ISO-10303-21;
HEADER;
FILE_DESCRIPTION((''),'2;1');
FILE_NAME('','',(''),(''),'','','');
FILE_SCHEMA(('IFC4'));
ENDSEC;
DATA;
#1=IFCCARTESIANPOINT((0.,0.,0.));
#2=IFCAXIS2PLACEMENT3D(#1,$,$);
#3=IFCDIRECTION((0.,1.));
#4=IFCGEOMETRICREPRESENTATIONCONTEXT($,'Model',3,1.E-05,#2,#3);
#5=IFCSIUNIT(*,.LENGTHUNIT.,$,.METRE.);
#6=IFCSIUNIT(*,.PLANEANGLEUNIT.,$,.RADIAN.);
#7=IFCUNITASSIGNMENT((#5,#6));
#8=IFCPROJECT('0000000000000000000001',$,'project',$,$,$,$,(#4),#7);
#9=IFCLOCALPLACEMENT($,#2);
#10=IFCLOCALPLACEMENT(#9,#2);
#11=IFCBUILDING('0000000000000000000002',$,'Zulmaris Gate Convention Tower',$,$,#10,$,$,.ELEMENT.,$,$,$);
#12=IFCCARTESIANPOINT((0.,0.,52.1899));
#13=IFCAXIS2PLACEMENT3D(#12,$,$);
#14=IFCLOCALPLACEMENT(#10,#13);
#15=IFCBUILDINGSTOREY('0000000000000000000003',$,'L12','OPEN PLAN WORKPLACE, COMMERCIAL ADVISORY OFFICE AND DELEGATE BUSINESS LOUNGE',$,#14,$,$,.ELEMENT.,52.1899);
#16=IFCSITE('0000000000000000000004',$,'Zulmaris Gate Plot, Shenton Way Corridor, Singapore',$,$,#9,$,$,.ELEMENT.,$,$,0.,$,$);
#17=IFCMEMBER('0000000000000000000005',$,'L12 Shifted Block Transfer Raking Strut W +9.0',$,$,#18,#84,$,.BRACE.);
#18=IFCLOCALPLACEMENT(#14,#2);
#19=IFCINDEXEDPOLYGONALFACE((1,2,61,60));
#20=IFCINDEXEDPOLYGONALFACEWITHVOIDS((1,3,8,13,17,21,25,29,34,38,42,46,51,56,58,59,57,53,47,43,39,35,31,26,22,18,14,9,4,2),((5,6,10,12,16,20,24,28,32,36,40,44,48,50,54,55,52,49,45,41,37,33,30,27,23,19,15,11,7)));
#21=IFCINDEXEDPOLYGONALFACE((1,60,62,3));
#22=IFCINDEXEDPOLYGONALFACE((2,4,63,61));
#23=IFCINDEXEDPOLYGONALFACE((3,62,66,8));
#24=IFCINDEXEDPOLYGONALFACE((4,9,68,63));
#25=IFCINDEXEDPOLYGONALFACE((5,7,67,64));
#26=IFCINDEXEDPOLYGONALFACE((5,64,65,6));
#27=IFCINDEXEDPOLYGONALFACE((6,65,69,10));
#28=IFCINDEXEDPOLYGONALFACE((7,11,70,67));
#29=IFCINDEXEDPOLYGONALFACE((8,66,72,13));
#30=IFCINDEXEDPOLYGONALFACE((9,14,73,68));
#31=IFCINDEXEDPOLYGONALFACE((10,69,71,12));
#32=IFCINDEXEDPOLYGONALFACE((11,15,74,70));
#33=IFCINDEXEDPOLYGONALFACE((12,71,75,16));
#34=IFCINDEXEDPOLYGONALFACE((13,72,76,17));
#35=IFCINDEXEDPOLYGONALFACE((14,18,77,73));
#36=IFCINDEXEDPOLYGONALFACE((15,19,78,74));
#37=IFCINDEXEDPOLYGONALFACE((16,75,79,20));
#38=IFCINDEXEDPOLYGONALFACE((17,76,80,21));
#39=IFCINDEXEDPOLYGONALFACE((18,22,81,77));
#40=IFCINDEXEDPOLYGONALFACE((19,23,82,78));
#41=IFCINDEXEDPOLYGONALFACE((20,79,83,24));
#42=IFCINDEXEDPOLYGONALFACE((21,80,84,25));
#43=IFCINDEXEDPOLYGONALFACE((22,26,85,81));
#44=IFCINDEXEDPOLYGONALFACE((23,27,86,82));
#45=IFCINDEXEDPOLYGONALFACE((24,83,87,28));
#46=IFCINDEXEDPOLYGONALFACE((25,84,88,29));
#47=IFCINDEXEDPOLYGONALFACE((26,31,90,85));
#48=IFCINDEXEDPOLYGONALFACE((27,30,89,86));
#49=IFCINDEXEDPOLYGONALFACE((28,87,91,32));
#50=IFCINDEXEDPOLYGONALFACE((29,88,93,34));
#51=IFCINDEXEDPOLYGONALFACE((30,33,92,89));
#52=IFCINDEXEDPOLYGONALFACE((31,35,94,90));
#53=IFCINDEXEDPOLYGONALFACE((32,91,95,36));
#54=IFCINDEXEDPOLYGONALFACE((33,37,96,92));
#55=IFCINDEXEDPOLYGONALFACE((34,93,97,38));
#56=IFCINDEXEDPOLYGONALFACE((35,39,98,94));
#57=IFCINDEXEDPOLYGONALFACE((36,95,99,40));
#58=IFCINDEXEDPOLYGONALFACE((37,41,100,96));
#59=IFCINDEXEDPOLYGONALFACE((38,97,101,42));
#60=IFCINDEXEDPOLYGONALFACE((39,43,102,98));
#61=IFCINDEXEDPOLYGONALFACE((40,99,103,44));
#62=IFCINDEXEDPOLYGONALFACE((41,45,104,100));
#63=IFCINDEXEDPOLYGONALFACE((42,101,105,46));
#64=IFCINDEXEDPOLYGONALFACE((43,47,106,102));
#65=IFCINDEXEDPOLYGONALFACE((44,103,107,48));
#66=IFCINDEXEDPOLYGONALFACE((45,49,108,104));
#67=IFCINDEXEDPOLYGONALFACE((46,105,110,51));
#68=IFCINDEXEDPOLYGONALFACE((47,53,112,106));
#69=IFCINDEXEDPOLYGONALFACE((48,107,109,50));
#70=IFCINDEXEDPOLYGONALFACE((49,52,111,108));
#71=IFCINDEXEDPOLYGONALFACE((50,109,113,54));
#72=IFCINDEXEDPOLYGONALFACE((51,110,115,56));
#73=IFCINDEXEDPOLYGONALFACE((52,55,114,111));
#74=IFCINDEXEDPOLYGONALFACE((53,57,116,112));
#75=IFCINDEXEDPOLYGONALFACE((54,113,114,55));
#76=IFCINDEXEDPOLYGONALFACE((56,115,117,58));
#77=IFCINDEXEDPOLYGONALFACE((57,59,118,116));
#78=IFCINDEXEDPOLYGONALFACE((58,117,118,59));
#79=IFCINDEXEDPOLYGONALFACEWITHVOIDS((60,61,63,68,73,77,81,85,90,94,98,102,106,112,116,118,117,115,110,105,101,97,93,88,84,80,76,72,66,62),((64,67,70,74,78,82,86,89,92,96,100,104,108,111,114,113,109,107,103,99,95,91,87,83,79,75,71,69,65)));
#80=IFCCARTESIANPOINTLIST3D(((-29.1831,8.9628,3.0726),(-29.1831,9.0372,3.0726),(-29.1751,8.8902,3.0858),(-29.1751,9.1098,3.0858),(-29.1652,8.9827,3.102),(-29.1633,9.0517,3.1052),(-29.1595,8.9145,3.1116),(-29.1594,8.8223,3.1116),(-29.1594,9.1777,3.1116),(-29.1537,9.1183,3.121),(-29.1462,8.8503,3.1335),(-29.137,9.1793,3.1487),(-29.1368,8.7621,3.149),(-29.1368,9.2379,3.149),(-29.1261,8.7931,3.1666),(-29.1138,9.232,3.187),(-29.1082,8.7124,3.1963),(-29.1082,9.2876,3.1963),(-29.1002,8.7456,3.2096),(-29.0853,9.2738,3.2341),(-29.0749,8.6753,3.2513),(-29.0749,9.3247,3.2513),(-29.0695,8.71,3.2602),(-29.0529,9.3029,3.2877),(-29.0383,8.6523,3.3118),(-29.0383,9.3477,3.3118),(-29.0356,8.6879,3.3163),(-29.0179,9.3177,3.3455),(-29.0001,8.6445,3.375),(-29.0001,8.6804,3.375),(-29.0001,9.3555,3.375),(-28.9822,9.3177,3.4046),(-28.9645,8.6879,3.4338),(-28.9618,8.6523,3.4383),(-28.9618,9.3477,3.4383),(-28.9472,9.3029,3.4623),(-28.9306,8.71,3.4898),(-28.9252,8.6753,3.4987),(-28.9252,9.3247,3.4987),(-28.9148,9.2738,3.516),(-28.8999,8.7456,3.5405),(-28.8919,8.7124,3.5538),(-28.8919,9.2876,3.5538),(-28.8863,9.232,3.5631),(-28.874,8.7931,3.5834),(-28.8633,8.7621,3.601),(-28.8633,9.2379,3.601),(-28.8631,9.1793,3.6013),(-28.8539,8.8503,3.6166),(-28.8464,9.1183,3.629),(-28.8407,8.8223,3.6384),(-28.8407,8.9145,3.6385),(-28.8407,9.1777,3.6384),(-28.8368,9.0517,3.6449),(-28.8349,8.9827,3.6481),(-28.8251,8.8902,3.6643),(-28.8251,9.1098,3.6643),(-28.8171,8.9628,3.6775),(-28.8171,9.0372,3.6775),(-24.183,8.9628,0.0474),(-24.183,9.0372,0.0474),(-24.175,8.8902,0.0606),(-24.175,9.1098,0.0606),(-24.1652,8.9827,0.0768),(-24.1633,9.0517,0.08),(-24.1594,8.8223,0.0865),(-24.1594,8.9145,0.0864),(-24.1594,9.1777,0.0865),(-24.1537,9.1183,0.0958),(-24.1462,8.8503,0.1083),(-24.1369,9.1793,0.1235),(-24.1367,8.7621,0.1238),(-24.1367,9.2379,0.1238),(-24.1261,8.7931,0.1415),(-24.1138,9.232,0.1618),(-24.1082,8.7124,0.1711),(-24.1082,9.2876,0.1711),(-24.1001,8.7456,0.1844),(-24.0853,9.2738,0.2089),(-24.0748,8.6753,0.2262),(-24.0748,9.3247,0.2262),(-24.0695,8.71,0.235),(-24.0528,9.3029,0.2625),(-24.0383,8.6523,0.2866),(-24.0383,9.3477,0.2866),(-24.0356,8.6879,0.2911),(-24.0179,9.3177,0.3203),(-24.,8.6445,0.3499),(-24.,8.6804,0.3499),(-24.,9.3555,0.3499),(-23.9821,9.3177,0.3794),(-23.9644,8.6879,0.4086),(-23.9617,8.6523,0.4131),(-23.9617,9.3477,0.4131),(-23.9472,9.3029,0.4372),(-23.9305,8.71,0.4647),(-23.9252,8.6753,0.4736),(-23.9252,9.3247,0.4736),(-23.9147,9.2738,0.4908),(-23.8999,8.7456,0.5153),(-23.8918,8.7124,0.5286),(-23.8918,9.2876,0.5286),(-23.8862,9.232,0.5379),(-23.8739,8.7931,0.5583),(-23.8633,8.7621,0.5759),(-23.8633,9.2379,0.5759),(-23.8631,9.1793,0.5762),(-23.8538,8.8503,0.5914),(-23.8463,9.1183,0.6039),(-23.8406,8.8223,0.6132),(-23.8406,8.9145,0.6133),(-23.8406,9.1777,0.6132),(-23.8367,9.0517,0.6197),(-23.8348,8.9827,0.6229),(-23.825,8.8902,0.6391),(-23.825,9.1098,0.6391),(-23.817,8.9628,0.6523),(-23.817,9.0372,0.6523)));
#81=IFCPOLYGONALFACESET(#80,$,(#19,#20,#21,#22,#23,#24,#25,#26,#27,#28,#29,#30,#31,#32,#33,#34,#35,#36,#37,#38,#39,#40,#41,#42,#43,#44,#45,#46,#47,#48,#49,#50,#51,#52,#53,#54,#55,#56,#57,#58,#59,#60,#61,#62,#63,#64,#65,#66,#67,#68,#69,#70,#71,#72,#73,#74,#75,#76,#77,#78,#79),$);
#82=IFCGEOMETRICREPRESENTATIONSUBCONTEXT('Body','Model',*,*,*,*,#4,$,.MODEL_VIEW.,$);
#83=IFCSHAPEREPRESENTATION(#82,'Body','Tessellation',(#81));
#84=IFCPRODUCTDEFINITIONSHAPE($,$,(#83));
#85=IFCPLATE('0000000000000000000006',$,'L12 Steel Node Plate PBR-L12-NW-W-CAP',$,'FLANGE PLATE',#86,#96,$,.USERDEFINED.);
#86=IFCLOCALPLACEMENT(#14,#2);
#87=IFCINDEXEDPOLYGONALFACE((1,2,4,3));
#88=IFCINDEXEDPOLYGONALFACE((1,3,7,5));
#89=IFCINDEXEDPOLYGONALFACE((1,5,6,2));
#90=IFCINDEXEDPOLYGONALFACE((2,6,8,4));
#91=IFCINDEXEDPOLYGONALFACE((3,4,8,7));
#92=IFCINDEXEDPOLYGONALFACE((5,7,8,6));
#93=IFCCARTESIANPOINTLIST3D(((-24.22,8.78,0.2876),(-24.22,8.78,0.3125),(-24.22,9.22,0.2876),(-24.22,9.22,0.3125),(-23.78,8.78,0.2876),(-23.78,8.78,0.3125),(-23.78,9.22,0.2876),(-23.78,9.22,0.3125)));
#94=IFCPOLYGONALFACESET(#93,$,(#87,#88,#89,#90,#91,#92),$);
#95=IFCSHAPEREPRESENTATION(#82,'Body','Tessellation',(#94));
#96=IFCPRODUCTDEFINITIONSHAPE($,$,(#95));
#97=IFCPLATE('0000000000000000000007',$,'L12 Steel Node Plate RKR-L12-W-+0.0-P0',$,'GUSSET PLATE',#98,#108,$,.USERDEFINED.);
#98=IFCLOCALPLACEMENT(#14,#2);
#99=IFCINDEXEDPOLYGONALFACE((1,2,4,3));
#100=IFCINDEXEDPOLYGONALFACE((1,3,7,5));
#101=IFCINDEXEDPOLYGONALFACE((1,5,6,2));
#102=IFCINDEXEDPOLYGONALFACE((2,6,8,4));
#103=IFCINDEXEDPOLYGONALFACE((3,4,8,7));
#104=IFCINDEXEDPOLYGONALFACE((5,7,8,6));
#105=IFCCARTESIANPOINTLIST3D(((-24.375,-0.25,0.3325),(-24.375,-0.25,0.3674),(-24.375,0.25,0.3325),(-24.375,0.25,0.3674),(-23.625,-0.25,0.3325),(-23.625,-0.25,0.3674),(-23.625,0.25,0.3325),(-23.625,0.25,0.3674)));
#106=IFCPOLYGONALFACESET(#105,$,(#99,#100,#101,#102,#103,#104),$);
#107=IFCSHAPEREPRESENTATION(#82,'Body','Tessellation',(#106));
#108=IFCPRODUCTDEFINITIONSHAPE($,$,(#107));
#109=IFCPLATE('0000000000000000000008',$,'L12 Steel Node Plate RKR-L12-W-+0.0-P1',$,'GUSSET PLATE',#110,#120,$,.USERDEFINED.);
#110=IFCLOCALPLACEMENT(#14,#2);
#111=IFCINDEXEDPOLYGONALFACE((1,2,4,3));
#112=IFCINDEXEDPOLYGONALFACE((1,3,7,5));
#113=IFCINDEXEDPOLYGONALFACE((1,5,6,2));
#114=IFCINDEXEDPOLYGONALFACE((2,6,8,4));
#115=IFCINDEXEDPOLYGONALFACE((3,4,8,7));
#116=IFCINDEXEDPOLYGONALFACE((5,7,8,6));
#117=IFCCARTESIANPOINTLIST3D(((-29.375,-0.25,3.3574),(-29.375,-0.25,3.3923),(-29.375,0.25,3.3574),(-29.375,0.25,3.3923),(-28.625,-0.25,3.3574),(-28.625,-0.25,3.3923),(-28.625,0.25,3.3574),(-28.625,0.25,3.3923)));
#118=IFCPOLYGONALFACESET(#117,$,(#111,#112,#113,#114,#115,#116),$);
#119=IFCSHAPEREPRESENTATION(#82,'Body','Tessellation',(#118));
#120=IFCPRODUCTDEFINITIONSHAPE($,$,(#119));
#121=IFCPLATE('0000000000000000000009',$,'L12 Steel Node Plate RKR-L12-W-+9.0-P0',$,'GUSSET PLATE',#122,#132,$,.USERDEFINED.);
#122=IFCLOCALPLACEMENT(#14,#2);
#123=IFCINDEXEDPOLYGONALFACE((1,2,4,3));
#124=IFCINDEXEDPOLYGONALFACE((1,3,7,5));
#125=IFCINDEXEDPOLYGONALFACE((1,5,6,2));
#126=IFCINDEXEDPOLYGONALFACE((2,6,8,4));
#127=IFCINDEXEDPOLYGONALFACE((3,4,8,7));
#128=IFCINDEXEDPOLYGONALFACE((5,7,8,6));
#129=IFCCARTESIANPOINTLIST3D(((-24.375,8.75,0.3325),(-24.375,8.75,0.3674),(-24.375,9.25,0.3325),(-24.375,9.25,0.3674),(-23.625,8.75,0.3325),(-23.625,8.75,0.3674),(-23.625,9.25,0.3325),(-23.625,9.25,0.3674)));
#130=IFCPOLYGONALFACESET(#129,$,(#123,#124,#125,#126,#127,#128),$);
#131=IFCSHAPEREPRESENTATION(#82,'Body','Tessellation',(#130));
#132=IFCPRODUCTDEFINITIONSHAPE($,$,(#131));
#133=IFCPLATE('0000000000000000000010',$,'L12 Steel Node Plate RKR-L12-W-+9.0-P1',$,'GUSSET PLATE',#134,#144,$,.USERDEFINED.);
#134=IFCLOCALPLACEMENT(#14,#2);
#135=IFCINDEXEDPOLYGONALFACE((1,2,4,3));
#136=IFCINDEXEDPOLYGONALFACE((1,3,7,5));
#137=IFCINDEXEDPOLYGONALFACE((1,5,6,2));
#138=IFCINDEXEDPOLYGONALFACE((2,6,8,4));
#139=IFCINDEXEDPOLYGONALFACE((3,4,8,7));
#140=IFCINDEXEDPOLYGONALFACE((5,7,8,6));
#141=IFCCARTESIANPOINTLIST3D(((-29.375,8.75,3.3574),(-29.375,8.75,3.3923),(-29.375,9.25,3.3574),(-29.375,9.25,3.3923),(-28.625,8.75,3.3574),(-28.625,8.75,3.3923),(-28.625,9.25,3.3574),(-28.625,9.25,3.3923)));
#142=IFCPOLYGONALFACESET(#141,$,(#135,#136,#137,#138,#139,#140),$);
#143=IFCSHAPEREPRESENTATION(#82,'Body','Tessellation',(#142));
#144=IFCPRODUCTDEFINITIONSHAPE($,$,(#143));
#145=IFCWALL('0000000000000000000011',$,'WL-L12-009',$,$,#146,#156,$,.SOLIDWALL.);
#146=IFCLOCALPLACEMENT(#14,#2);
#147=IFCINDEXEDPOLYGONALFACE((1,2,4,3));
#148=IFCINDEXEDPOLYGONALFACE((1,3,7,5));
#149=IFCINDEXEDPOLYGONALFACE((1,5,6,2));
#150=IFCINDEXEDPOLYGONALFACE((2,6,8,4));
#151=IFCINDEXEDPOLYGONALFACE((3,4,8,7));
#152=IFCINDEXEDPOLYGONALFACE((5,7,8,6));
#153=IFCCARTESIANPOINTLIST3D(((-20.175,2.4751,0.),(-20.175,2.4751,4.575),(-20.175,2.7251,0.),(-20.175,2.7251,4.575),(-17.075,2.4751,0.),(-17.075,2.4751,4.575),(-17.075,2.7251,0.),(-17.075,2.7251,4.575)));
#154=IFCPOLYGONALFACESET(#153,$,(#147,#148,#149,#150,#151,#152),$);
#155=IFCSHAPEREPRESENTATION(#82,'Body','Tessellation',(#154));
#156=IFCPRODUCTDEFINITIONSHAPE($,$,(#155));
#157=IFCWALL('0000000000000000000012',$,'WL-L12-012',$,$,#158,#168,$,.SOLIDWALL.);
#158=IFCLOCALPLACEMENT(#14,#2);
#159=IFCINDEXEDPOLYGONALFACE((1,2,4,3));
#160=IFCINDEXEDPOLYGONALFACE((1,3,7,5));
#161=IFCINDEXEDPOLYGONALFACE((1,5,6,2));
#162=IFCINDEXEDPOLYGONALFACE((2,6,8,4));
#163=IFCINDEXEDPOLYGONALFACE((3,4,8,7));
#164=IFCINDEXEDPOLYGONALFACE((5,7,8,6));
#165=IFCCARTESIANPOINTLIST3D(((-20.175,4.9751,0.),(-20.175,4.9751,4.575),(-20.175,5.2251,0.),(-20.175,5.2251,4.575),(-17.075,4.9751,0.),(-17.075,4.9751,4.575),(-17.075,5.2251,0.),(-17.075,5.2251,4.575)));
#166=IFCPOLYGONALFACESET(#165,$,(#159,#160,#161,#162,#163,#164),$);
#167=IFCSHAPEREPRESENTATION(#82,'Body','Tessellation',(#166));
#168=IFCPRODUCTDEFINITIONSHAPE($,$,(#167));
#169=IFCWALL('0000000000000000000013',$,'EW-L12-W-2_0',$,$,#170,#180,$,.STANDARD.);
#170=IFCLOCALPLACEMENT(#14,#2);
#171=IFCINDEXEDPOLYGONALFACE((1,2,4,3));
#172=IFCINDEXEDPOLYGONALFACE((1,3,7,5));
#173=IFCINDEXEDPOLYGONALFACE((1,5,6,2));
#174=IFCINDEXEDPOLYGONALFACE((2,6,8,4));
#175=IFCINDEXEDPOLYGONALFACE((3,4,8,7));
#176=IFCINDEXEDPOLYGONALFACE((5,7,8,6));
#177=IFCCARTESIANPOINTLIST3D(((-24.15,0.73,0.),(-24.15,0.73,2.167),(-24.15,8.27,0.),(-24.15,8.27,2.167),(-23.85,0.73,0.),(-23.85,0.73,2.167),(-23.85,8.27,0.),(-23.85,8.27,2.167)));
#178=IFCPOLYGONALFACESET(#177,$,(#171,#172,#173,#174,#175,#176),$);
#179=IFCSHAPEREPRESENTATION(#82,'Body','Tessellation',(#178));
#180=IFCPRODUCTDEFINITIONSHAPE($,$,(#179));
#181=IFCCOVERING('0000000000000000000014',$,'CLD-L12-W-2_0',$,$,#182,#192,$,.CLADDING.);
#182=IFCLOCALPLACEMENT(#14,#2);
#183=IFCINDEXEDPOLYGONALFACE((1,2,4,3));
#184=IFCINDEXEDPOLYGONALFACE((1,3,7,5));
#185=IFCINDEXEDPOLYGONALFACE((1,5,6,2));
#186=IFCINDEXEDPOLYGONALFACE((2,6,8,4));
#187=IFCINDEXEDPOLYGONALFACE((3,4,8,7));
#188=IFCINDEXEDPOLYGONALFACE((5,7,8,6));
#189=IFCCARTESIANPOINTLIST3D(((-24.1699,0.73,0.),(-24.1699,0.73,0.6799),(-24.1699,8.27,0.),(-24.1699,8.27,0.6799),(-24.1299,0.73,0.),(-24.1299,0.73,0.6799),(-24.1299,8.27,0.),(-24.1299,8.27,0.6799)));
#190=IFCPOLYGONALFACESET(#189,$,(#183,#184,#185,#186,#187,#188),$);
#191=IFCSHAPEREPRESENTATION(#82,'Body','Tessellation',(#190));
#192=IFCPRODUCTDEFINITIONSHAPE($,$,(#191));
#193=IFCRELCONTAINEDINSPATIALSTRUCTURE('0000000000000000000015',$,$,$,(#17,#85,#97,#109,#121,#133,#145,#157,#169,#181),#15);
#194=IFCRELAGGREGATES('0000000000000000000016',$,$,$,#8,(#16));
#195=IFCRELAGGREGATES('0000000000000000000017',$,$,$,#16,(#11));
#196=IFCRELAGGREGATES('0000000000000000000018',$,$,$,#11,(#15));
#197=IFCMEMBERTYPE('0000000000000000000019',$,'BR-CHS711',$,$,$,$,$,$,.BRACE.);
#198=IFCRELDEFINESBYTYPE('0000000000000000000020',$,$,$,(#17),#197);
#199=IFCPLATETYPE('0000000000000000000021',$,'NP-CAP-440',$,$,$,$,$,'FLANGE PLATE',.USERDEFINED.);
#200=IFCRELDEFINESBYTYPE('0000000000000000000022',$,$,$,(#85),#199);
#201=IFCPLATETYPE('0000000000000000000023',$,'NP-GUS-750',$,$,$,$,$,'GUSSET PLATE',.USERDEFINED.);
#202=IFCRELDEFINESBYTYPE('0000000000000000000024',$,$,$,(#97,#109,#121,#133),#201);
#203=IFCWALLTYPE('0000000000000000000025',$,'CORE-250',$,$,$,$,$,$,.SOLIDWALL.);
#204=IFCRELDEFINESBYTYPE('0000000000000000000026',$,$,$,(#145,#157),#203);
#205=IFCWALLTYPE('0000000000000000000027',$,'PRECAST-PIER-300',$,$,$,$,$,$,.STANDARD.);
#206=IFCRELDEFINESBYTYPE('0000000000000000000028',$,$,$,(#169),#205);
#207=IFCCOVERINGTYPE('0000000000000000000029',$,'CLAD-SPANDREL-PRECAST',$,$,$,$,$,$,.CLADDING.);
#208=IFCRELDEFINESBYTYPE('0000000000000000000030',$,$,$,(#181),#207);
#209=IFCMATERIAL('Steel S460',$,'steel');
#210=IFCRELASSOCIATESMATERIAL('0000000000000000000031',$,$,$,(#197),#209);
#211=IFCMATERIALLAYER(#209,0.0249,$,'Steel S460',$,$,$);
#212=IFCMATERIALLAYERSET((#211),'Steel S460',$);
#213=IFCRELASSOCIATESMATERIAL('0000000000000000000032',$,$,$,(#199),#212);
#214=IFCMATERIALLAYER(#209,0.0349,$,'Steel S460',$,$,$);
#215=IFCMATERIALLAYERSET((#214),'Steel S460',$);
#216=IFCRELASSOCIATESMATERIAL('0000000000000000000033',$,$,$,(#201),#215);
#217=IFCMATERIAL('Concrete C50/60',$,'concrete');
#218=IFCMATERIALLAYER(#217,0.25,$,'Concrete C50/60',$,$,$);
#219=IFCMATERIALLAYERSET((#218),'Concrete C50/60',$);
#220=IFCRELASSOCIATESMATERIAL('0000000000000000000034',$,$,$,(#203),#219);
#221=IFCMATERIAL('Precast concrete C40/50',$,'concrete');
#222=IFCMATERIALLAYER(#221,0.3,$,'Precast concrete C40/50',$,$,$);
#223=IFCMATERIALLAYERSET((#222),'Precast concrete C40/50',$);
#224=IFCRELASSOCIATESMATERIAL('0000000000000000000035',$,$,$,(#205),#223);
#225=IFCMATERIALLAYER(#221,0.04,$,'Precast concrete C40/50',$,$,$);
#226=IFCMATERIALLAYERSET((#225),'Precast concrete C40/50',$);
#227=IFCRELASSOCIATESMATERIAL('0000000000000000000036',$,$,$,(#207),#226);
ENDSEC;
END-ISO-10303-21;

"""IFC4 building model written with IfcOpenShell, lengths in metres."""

from ifc_helpers import new_model, si_unit, direction, frame, frame_2d, origin, origin_2d, place, context, subcontext, project, spatial, rectangle, hollow_circle, extrude, material, layer, layer_set, material_profile, profile_set, type_object, element, save


model = new_model("IFC4")

# Units and contexts
model_context = context("Model", 3, precision=1e-05, world=origin(), true_north=direction((0.0, 1.0)))
body_context = subcontext(model_context, "Body", "Model", "MODEL_VIEW")
ifc_project = project(units=[si_unit("LENGTHUNIT", "METRE"), si_unit("PLANEANGLEUNIT", "RADIAN")], contexts=[model_context])

# Site, building, storey
site_placement = place(None, origin())
site = spatial("IfcSite", under=ifc_project, at=site_placement, Name="Zulmaris Gate Plot, Shenton Way Corridor, Singapore", CompositionType="ELEMENT", RefElevation=0.0)
building_placement = place(site_placement, origin())
building = spatial("IfcBuilding", under=site, at=building_placement, Name="Zulmaris Gate Convention Tower", CompositionType="ELEMENT")
storey_placement = place(building_placement, frame((0.0, 0.0, 52.1899)))
storey = spatial("IfcBuildingStorey", under=building, at=storey_placement, Name="L12", Description="OPEN PLAN WORKPLACE, COMMERCIAL ADVISORY OFFICE AND DELEGATE BUSINESS LOUNGE", CompositionType="ELEMENT", Elevation=52.1899)

# Member
ifc_material_1 = material(Name="Steel S460", Category="steel")
ifc_material_profile_1 = material_profile(ifc_material_1, hollow_circle(Radius=0.3555, WallThickness=0.0359, at=origin_2d()), Name="CHS 711x36")
ifc_profile_set_1 = profile_set([ifc_material_profile_1], Name="Steel S460")
member_type_1 = type_object("IfcMemberType", Name="BR-CHS711", PredefinedType="BRACE", material=ifc_profile_set_1)
for number, where, z_axis, x_axis, name in (
    (1, (-24.0, 9.0, 0.3499), (-0.855589, 0.0, 0.517656), (0.0, -1.0, 0.0), "L12 Shifted Block Transfer Raking Strut W +9.0"),
):
    element("IfcMember", number, at=place(storey_placement, frame(where, z_axis=z_axis, x_axis=x_axis)), inside=storey, type_object=member_type_1, Name=name, PredefinedType="BRACE", context=body_context, shape_type="SweptSolid", body=[
        extrude(hollow_circle(Radius=0.3555, WallThickness=0.0359, at=origin_2d()), origin(), (0.0, 0.0, 1.0), 5.844),
    ])

# Plates
ifc_layer_1 = layer(ifc_material_1, 0.0249, Name="Steel S460")
ifc_layer_set_1 = layer_set([ifc_layer_1], Name="Steel S460")
plate_type_1 = type_object("IfcPlateType", Name="NP-CAP-440", ElementType="FLANGE PLATE", PredefinedType="USERDEFINED", material=ifc_layer_set_1)
plate_placement = place(storey_placement, frame((-24.0, 9.0, 0.2876), z_axis=(0.0, 0.0, 1.0), x_axis=(1.0, 0.0, 0.0)))
element("IfcPlate", 2, at=plate_placement, inside=storey, type_object=plate_type_1, Name="L12 Steel Node Plate PBR-L12-NW-W-CAP", ObjectType="FLANGE PLATE", PredefinedType="USERDEFINED", context=body_context, shape_type="SweptSolid", body=[
    extrude(rectangle(XDim=0.4399, YDim=0.4399, at=origin_2d()), origin(), (0.0, 0.0, 1.0), 0.0249),
])
ifc_layer_2 = layer(ifc_material_1, 0.0349, Name="Steel S460")
ifc_layer_set_2 = layer_set([ifc_layer_2], Name="Steel S460")
plate_type_2 = type_object("IfcPlateType", Name="NP-GUS-750", ElementType="GUSSET PLATE", PredefinedType="USERDEFINED", material=ifc_layer_set_2)
for number, where, z_axis, x_axis, name in (
    (3, (-24.0, 0.0, 0.3325), (0.0, 0.0, 1.0), (1.0, 0.0, 0.0), "L12 Steel Node Plate RKR-L12-W-+0.0-P0"),
    (4, (-29.0, 0.0, 3.3574), (0.0, 0.0, 1.0), (1.0, 0.0, 0.0), "L12 Steel Node Plate RKR-L12-W-+0.0-P1"),
    (5, (-24.0, 9.0, 0.3325), (0.0, 0.0, 1.0), (1.0, 0.0, 0.0), "L12 Steel Node Plate RKR-L12-W-+9.0-P0"),
    (6, (-29.0, 9.0, 3.3574), (0.0, 0.0, 1.0), (1.0, 0.0, 0.0), "L12 Steel Node Plate RKR-L12-W-+9.0-P1"),
):
    element("IfcPlate", number, at=place(storey_placement, frame(where, z_axis=z_axis, x_axis=x_axis)), inside=storey, type_object=plate_type_2, Name=name, ObjectType="GUSSET PLATE", PredefinedType="USERDEFINED", context=body_context, shape_type="SweptSolid", body=[
        extrude(rectangle(XDim=0.75, YDim=0.5, at=origin_2d()), origin(), (0.0, 0.0, 1.0), 0.0349),
    ])

# Walls
ifc_material_2 = material(Name="Concrete C50/60", Category="concrete")
ifc_layer_3 = layer(ifc_material_2, 0.25, Name="Concrete C50/60")
ifc_layer_set_3 = layer_set([ifc_layer_3], Name="Concrete C50/60")
wall_type_1 = type_object("IfcWallType", Name="CORE-250", PredefinedType="SOLIDWALL", material=ifc_layer_set_3)
for number, where, z_axis, x_axis, name in (
    (7, (-20.175, 2.6001, 0.0), (0.0, 0.0, 1.0), (1.0, 0.0, 0.0), "WL-L12-009"),
    (8, (-20.175, 5.1001, 0.0), (0.0, 0.0, 1.0), (1.0, 0.0, 0.0), "WL-L12-012"),
):
    element("IfcWall", number, at=place(storey_placement, frame(where, z_axis=z_axis, x_axis=x_axis)), inside=storey, type_object=wall_type_1, Name=name, PredefinedType="SOLIDWALL", context=body_context, shape_type="SweptSolid", body=[
        extrude(rectangle(XDim=3.1001, YDim=0.25, at=frame_2d((1.55, 0.0))), origin(), (0.0, 0.0, 1.0), 4.575),
    ])

# Wall
ifc_material_3 = material(Name="Precast concrete C40/50", Category="concrete")
ifc_layer_4 = layer(ifc_material_3, 0.3, Name="Precast concrete C40/50")
ifc_layer_set_4 = layer_set([ifc_layer_4], Name="Precast concrete C40/50")
wall_type_2 = type_object("IfcWallType", Name="PRECAST-PIER-300", PredefinedType="STANDARD", material=ifc_layer_set_4)
wall_1_placement = place(storey_placement, frame((-24.0, 8.27, 0.0), z_axis=(0.0, 0.0, 1.0), x_axis=(0.0, -1.0, 0.0)))
element("IfcWall", 9, at=wall_1_placement, inside=storey, type_object=wall_type_2, Name="EW-L12-W-2_0", PredefinedType="STANDARD", context=body_context, shape_type="SweptSolid", body=[
    extrude(rectangle(XDim=7.54, YDim=0.3, at=frame_2d((3.77, 0.0))), origin(), (0.0, 0.0, 1.0), 2.167),
])

# Covering
ifc_layer_5 = layer(ifc_material_3, 0.04, Name="Precast concrete C40/50")
ifc_layer_set_5 = layer_set([ifc_layer_5], Name="Precast concrete C40/50")
covering_type = type_object("IfcCoveringType", Name="CLAD-SPANDREL-PRECAST", PredefinedType="CLADDING", material=ifc_layer_set_5)
covering_placement = place(storey_placement, frame((-24.1499, 8.27, 0.0), z_axis=(0.0, 0.0, 1.0), x_axis=(0.0, -1.0, 0.0)))
element("IfcCovering", 10, at=covering_placement, inside=storey, type_object=covering_type, Name="CLD-L12-W-2_0", PredefinedType="CLADDING", context=body_context, shape_type="SweptSolid", body=[
    extrude(rectangle(XDim=7.54, YDim=0.04, at=frame_2d((3.77, 0.0))), origin(), (0.0, 0.0, 1.0), 0.6799),
])

save(model, "model.ifc")
